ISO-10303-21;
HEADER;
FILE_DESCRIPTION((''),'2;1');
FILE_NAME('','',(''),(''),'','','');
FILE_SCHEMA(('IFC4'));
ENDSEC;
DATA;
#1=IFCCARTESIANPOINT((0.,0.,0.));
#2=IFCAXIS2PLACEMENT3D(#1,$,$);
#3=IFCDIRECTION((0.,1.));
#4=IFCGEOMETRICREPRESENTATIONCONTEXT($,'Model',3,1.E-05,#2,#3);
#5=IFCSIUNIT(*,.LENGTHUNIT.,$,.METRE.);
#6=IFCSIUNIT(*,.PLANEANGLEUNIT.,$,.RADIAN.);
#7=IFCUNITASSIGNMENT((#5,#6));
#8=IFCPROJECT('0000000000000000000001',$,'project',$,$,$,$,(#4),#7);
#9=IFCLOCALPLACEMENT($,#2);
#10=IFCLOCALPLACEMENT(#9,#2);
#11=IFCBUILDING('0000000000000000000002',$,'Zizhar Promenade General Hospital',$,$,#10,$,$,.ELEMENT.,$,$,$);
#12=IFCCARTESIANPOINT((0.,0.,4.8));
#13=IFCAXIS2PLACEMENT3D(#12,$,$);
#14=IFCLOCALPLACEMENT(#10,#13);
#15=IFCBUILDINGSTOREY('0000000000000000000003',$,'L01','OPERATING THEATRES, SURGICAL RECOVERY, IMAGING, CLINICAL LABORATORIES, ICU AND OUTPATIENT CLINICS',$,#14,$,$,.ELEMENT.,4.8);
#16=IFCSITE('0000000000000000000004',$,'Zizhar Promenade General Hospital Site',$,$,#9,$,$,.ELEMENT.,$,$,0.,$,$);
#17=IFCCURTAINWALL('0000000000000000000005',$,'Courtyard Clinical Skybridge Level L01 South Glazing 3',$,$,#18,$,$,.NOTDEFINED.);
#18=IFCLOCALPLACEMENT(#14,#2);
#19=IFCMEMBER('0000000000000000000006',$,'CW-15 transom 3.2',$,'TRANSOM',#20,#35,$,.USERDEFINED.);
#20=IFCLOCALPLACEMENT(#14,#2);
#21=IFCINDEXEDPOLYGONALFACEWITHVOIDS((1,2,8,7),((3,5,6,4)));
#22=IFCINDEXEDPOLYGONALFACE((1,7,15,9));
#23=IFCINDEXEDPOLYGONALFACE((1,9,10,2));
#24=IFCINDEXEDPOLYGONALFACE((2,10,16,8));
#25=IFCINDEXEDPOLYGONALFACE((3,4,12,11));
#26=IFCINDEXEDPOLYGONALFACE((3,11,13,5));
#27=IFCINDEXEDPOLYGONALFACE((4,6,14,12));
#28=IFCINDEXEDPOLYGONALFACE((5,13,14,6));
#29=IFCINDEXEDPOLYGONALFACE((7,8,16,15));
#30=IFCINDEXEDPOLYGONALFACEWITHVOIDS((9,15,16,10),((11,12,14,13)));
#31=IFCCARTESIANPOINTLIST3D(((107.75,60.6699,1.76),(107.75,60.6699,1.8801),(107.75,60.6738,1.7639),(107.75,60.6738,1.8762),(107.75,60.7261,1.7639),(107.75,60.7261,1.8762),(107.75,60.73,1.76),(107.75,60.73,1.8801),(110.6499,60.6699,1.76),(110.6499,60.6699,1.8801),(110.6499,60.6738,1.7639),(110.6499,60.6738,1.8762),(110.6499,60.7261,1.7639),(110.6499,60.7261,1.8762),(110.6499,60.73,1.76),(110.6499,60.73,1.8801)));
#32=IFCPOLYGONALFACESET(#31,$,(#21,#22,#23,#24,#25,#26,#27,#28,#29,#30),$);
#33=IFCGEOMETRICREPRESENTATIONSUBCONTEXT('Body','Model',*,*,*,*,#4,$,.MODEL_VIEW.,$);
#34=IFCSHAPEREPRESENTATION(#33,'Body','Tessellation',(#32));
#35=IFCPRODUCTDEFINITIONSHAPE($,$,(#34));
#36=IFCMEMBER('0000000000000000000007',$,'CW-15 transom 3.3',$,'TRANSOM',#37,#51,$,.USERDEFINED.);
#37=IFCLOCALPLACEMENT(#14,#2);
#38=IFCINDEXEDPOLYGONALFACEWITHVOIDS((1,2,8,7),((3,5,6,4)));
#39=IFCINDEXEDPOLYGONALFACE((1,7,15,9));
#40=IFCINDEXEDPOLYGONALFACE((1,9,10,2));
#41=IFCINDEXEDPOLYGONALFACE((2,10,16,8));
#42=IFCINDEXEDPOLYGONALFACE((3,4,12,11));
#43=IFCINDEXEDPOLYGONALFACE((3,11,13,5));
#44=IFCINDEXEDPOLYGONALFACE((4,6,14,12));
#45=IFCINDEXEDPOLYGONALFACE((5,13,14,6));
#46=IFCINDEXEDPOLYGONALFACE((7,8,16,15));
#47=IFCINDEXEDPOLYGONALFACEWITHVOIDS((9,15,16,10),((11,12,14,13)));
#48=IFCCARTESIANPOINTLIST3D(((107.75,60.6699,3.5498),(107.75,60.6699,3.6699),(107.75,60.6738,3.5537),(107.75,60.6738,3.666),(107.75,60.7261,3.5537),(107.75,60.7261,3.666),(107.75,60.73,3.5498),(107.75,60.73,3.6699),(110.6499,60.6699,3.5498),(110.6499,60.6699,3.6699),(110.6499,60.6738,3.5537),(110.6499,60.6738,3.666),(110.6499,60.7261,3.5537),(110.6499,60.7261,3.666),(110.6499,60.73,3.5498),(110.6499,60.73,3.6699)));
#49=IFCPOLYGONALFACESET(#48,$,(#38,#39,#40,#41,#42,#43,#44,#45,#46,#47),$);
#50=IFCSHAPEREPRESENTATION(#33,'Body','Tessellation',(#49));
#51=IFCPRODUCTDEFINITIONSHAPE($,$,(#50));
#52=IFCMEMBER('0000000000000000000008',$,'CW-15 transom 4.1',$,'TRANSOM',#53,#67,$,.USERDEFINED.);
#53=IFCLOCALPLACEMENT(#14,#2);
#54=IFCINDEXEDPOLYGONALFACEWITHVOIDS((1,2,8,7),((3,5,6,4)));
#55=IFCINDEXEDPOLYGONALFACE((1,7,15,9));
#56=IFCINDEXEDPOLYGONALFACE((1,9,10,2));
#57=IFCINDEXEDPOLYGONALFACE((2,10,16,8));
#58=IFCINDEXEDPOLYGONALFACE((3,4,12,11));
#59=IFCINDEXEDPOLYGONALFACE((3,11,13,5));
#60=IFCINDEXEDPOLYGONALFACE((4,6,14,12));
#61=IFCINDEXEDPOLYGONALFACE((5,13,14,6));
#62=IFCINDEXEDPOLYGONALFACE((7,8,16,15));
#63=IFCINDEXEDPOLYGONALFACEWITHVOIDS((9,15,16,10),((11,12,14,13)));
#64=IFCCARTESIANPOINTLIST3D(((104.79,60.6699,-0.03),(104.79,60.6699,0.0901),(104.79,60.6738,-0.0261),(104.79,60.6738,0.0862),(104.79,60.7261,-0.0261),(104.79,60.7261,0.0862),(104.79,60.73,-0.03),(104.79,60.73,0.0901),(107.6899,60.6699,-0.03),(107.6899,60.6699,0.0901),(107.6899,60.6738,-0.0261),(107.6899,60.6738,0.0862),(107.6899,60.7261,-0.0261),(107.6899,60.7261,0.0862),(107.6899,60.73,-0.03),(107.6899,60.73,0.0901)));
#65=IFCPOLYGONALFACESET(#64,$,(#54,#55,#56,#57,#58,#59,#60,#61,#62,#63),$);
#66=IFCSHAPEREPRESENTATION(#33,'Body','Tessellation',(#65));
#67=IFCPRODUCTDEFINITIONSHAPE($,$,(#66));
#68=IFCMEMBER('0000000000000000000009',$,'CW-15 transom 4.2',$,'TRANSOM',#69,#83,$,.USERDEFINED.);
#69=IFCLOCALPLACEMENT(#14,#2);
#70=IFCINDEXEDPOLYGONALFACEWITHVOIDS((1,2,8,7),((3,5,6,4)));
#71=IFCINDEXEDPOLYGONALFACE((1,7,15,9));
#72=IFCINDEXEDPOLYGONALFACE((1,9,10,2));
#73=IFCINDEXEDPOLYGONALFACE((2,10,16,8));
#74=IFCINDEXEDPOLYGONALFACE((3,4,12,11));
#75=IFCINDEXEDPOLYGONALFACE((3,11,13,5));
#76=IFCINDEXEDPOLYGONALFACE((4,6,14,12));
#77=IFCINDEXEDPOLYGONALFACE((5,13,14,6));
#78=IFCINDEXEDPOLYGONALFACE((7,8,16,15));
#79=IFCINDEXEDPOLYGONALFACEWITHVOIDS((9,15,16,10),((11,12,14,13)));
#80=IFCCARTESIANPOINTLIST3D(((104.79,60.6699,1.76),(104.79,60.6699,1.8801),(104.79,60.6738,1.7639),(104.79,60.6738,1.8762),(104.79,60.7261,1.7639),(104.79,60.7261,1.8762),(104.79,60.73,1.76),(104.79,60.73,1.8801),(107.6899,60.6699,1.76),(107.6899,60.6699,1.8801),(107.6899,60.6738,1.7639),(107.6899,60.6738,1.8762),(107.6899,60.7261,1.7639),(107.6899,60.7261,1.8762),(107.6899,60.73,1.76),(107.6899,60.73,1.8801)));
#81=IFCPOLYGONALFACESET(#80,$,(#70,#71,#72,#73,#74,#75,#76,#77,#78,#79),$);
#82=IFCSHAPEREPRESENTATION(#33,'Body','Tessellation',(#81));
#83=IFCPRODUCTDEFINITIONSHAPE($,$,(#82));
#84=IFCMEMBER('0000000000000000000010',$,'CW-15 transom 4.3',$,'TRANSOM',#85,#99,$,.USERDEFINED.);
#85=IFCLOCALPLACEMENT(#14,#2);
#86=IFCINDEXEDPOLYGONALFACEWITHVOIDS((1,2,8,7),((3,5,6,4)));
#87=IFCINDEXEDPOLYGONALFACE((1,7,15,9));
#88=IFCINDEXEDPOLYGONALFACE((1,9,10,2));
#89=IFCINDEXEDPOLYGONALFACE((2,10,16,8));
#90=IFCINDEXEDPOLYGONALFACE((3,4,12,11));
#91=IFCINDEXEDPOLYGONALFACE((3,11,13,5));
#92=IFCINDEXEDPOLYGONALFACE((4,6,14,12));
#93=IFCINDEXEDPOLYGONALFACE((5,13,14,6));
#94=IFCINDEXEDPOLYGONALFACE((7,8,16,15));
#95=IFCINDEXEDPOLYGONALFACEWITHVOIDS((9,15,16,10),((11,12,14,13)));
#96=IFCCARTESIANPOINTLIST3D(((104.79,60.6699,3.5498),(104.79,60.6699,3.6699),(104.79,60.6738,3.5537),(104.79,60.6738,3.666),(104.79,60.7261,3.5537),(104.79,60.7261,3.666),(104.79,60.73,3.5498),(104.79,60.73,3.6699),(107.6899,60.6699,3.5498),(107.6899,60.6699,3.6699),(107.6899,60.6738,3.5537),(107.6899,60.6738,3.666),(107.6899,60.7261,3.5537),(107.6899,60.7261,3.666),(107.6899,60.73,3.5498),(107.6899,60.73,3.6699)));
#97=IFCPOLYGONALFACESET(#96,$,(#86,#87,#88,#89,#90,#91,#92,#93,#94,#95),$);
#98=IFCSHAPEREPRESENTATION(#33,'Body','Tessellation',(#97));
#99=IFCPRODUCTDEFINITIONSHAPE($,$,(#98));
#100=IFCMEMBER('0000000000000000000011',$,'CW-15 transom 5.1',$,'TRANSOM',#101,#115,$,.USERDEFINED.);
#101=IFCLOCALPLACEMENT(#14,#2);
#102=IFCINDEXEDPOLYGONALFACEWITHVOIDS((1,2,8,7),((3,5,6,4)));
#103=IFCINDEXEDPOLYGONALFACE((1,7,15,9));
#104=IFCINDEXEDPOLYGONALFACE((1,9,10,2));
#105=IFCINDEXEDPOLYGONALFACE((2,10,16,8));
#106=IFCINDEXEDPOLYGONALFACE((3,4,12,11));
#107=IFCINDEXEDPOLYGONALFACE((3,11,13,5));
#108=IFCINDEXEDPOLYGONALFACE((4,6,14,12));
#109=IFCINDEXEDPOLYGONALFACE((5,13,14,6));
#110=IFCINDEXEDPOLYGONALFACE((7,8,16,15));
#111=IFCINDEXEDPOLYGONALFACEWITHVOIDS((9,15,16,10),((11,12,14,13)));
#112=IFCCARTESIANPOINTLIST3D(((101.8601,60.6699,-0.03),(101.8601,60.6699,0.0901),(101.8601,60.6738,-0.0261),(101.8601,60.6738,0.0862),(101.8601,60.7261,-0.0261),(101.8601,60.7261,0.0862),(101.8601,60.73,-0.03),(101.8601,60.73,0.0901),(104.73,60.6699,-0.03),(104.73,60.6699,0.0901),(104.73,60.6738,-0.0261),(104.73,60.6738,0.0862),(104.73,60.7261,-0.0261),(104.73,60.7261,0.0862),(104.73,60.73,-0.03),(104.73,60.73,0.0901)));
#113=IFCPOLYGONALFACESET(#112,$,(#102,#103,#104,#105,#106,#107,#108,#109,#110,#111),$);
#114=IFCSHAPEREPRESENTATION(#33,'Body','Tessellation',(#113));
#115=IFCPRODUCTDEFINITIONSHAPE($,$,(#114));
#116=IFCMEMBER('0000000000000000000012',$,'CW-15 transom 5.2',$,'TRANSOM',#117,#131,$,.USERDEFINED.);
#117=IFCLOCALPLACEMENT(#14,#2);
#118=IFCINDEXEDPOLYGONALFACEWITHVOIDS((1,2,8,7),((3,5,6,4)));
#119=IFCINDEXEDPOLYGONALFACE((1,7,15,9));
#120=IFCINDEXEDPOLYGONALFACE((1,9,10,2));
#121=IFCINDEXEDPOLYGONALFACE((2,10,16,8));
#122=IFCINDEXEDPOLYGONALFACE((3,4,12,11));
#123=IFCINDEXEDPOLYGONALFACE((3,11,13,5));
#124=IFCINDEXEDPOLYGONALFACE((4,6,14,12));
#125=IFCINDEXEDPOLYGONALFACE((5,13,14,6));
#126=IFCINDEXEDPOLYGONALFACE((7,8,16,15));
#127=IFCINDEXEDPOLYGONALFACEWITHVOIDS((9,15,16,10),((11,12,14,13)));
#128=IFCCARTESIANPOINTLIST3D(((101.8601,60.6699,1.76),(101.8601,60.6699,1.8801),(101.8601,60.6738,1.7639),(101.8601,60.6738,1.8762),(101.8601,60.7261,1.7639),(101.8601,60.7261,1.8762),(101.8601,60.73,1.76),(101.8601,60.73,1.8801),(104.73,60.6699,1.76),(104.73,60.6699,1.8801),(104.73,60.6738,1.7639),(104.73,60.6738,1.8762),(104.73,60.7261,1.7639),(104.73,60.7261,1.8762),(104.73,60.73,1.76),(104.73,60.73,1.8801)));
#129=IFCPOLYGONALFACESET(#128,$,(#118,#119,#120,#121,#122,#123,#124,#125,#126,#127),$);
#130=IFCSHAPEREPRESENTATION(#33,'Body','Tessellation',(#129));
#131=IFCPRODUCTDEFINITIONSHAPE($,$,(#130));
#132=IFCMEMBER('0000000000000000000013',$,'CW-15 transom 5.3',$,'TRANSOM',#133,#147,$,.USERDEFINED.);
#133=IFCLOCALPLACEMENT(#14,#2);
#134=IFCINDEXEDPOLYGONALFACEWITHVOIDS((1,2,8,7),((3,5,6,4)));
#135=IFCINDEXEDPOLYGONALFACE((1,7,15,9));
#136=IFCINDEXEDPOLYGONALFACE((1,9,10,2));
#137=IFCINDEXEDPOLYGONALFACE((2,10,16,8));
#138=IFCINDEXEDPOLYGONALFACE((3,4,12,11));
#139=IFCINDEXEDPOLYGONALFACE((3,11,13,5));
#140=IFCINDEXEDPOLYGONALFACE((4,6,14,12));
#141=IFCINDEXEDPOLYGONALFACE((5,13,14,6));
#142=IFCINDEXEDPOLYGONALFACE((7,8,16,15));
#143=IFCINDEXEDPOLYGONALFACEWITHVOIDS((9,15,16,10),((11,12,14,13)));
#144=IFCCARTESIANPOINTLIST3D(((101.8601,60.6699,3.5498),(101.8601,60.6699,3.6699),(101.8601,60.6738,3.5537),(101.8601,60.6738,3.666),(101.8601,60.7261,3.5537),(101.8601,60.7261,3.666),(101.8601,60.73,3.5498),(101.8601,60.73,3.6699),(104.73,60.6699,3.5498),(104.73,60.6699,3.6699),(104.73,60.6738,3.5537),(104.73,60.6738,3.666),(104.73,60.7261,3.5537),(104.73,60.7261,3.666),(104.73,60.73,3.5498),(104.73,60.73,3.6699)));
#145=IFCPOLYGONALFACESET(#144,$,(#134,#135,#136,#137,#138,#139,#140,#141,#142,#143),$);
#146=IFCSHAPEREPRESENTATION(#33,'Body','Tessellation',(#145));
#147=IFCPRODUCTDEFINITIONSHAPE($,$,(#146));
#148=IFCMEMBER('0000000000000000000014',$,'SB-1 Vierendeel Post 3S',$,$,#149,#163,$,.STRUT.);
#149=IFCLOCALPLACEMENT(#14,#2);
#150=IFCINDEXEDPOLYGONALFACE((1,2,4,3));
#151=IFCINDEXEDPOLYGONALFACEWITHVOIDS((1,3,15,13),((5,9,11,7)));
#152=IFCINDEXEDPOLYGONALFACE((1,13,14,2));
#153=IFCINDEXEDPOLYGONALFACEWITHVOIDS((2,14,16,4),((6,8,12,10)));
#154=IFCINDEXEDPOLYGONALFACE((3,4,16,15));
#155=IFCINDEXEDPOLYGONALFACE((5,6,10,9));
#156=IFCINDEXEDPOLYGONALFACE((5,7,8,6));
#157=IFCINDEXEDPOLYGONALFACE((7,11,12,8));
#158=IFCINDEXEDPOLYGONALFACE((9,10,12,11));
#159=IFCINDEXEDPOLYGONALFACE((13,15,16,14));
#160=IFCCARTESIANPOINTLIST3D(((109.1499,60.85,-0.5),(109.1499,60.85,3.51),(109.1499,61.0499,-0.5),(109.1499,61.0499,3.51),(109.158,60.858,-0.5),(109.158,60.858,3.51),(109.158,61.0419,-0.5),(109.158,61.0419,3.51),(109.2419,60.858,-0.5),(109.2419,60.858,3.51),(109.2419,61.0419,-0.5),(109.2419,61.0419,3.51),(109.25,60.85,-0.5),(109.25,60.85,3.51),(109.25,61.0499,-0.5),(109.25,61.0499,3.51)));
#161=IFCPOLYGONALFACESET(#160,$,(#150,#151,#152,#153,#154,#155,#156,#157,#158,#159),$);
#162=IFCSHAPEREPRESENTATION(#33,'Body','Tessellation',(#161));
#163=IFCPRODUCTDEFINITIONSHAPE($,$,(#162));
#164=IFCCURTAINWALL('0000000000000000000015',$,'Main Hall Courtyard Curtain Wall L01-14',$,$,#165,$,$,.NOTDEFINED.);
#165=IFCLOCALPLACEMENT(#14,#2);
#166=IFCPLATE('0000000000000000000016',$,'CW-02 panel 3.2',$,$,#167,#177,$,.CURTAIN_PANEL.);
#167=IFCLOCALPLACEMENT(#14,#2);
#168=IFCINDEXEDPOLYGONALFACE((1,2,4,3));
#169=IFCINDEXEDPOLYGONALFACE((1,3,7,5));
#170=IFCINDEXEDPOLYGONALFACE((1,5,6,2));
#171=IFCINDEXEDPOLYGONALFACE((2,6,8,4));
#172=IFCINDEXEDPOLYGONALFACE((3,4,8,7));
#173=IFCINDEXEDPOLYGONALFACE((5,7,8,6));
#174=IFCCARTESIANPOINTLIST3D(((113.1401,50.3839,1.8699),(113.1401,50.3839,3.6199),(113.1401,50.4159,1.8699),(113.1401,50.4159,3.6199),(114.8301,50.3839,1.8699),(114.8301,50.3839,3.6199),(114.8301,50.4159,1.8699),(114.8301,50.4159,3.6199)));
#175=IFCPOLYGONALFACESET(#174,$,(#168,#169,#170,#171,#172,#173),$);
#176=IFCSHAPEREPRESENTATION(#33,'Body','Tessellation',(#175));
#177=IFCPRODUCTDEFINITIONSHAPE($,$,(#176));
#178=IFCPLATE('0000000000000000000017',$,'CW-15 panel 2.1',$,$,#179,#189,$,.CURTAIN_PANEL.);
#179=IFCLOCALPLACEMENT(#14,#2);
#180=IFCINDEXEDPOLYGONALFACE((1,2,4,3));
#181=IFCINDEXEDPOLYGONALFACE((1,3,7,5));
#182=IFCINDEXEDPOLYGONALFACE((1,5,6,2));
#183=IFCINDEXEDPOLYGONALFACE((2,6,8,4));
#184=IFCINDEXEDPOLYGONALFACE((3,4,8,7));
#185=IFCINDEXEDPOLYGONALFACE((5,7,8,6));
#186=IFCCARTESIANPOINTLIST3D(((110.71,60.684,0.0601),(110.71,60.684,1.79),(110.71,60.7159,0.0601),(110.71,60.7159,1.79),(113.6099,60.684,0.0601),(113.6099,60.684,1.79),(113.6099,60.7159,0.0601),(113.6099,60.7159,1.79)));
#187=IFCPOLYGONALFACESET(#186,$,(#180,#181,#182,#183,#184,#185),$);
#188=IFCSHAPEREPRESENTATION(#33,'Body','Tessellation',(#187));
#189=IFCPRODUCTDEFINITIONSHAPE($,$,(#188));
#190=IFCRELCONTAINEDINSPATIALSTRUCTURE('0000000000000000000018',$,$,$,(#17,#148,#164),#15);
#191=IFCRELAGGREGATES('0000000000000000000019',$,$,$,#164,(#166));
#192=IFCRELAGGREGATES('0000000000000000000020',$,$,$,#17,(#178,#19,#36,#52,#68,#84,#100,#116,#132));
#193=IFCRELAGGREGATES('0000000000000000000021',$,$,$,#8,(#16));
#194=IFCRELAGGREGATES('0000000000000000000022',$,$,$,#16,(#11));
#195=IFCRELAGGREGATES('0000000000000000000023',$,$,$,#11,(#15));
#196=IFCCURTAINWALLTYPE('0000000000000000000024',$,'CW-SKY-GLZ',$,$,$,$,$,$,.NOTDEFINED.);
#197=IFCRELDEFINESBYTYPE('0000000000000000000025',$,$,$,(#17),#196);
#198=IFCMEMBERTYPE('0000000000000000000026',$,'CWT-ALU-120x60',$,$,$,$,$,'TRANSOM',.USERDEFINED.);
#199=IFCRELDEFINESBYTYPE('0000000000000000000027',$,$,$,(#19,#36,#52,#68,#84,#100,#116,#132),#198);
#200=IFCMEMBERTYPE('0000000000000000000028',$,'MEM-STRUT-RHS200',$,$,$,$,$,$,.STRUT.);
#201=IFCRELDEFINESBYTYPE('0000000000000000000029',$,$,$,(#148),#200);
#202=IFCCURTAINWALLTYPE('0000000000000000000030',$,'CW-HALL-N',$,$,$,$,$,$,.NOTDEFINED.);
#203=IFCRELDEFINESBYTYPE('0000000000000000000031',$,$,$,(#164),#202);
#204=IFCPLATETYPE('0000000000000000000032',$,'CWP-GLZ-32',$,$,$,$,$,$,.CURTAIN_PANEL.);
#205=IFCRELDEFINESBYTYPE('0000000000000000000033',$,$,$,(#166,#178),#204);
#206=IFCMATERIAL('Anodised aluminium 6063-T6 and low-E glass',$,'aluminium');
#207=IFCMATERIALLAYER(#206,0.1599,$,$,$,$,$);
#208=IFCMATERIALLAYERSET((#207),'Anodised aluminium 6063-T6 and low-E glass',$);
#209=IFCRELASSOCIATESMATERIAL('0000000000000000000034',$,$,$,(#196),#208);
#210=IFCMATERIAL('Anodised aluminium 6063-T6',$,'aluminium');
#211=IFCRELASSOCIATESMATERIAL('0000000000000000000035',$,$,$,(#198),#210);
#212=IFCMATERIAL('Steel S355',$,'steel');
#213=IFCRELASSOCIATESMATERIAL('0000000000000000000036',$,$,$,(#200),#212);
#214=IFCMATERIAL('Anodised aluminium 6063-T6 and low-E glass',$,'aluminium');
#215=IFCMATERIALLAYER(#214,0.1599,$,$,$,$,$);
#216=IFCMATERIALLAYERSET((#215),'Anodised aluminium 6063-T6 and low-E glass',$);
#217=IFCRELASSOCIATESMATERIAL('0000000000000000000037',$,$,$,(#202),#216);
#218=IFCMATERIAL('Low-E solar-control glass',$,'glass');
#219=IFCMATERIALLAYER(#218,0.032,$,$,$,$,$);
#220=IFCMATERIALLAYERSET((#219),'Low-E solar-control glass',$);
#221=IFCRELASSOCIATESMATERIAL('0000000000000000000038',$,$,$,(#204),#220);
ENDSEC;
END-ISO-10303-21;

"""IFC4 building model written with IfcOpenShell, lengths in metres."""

from ifc_helpers import new_model, si_unit, direction, frame, origin, origin_2d, place, context, subcontext, project, spatial, rectangle, hollow_rectangle, extrude, material, layer, layer_set, material_profile, profile_set, type_object, element, aggregate, save


model = new_model("IFC4")

# Units and contexts
model_context = context("Model", 3, precision=1e-05, world=origin(), true_north=direction((0.0, 1.0)))
body_context = subcontext(model_context, "Body", "Model", "MODEL_VIEW")
ifc_project = project(units=[si_unit("LENGTHUNIT", "METRE"), si_unit("PLANEANGLEUNIT", "RADIAN")], contexts=[model_context])

# Site, building, storey
site_placement = place(None, origin())
site = spatial("IfcSite", under=ifc_project, at=site_placement, Name="Zizhar Promenade General Hospital Site", CompositionType="ELEMENT", RefElevation=0.0)
building_placement = place(site_placement, origin())
building = spatial("IfcBuilding", under=site, at=building_placement, Name="Zizhar Promenade General Hospital", CompositionType="ELEMENT")
storey_placement = place(building_placement, frame((0.0, 0.0, 4.8)))
storey = spatial("IfcBuildingStorey", under=building, at=storey_placement, Name="L01", Description="OPERATING THEATRES, SURGICAL RECOVERY, IMAGING, CLINICAL LABORATORIES, ICU AND OUTPATIENT CLINICS", CompositionType="ELEMENT", Elevation=4.8)

# Curtain wall, members
ifc_material_1 = material(Name="Anodised aluminium 6063-T6 and low-E glass", Category="aluminium")
ifc_layer_1 = layer(ifc_material_1, 0.1599)
ifc_layer_set_1 = layer_set([ifc_layer_1], Name="Anodised aluminium 6063-T6 and low-E glass")
curtain_wall_type_1 = type_object("IfcCurtainWallType", Name="CW-SKY-GLZ", PredefinedType="NOTDEFINED", material=ifc_layer_set_1)
curtain_wall_1_placement = place(storey_placement, origin())
curtain_wall_1 = element("IfcCurtainWall", 1, at=curtain_wall_1_placement, inside=storey, type_object=curtain_wall_type_1, Name="Courtyard Clinical Skybridge Level L01 South Glazing 3", PredefinedType="NOTDEFINED")
ifc_material_2 = material(Name="Anodised aluminium 6063-T6", Category="aluminium")
ifc_material_profile_1 = material_profile(ifc_material_2, hollow_rectangle(XDim=0.0601, YDim=0.1201, WallThickness=0.0039, at=origin_2d()))
ifc_profile_set_1 = profile_set([ifc_material_profile_1], Name="Anodised aluminium 6063-T6")
member_type_1 = type_object("IfcMemberType", Name="CWT-ALU-120x60", ElementType="TRANSOM", PredefinedType="USERDEFINED", material=ifc_profile_set_1)
member_1_placement = place(storey_placement, frame((110.6499, 60.7, 1.8201), z_axis=(-1.0, 0.0, 0.0), x_axis=(0.0, -1.0, 0.0)))
member_1 = element("IfcMember", 2, at=member_1_placement, type_object=member_type_1, Name="CW-15 transom 3.2", ObjectType="TRANSOM", PredefinedType="USERDEFINED", context=body_context, shape_type="SweptSolid", body=[
    extrude(hollow_rectangle(XDim=0.0601, YDim=0.1201, WallThickness=0.0039, at=origin_2d()), origin(), (0.0, 0.0, 1.0), 2.8999),
])
member_2_placement = place(storey_placement, frame((110.6499, 60.7, 3.6099), z_axis=(-1.0, 0.0, 0.0), x_axis=(0.0, -1.0, 0.0)))
member_2 = element("IfcMember", 3, at=member_2_placement, type_object=member_type_1, Name="CW-15 transom 3.3", ObjectType="TRANSOM", PredefinedType="USERDEFINED", context=body_context, shape_type="SweptSolid", body=[
    extrude(hollow_rectangle(XDim=0.0601, YDim=0.1201, WallThickness=0.0039, at=origin_2d()), origin(), (0.0, 0.0, 1.0), 2.8999),
])
member_3_placement = place(storey_placement, frame((107.6899, 60.7, 0.03), z_axis=(-1.0, 0.0, 0.0), x_axis=(0.0, -1.0, 0.0)))
member_3 = element("IfcMember", 4, at=member_3_placement, type_object=member_type_1, Name="CW-15 transom 4.1", ObjectType="TRANSOM", PredefinedType="USERDEFINED", context=body_context, shape_type="SweptSolid", body=[
    extrude(hollow_rectangle(XDim=0.0601, YDim=0.1201, WallThickness=0.0039, at=origin_2d()), origin(), (0.0, 0.0, 1.0), 2.8999),
])
member_4_placement = place(storey_placement, frame((107.6899, 60.7, 1.8201), z_axis=(-1.0, 0.0, 0.0), x_axis=(0.0, -1.0, 0.0)))
member_4 = element("IfcMember", 5, at=member_4_placement, type_object=member_type_1, Name="CW-15 transom 4.2", ObjectType="TRANSOM", PredefinedType="USERDEFINED", context=body_context, shape_type="SweptSolid", body=[
    extrude(hollow_rectangle(XDim=0.0601, YDim=0.1201, WallThickness=0.0039, at=origin_2d()), origin(), (0.0, 0.0, 1.0), 2.8999),
])
member_5_placement = place(storey_placement, frame((107.6899, 60.7, 3.6099), z_axis=(-1.0, 0.0, 0.0), x_axis=(0.0, -1.0, 0.0)))
member_5 = element("IfcMember", 6, at=member_5_placement, type_object=member_type_1, Name="CW-15 transom 4.3", ObjectType="TRANSOM", PredefinedType="USERDEFINED", context=body_context, shape_type="SweptSolid", body=[
    extrude(hollow_rectangle(XDim=0.0601, YDim=0.1201, WallThickness=0.0039, at=origin_2d()), origin(), (0.0, 0.0, 1.0), 2.8999),
])
member_6_placement = place(storey_placement, frame((104.73, 60.7, 0.03), z_axis=(-1.0, 0.0, 0.0), x_axis=(0.0, -1.0, 0.0)))
member_6 = element("IfcMember", 7, at=member_6_placement, type_object=member_type_1, Name="CW-15 transom 5.1", ObjectType="TRANSOM", PredefinedType="USERDEFINED", context=body_context, shape_type="SweptSolid", body=[
    extrude(hollow_rectangle(XDim=0.0601, YDim=0.1201, WallThickness=0.0039, at=origin_2d()), origin(), (0.0, 0.0, 1.0), 2.8699),
])
member_7_placement = place(storey_placement, frame((104.73, 60.7, 1.8201), z_axis=(-1.0, 0.0, 0.0), x_axis=(0.0, -1.0, 0.0)))
member_7 = element("IfcMember", 8, at=member_7_placement, type_object=member_type_1, Name="CW-15 transom 5.2", ObjectType="TRANSOM", PredefinedType="USERDEFINED", context=body_context, shape_type="SweptSolid", body=[
    extrude(hollow_rectangle(XDim=0.0601, YDim=0.1201, WallThickness=0.0039, at=origin_2d()), origin(), (0.0, 0.0, 1.0), 2.8699),
])
member_8_placement = place(storey_placement, frame((104.73, 60.7, 3.6099), z_axis=(-1.0, 0.0, 0.0), x_axis=(0.0, -1.0, 0.0)))
member_8 = element("IfcMember", 9, at=member_8_placement, type_object=member_type_1, Name="CW-15 transom 5.3", ObjectType="TRANSOM", PredefinedType="USERDEFINED", context=body_context, shape_type="SweptSolid", body=[
    extrude(hollow_rectangle(XDim=0.0601, YDim=0.1201, WallThickness=0.0039, at=origin_2d()), origin(), (0.0, 0.0, 1.0), 2.8699),
])

# Member
ifc_material_3 = material(Name="Steel S355", Category="steel")
ifc_material_profile_2 = material_profile(ifc_material_3, hollow_rectangle(XDim=0.1001, YDim=0.2, WallThickness=0.0081, at=origin_2d()))
ifc_profile_set_2 = profile_set([ifc_material_profile_2], Name="Steel S355")
member_type_2 = type_object("IfcMemberType", Name="MEM-STRUT-RHS200", PredefinedType="STRUT", material=ifc_profile_set_2)
member_9_placement = place(storey_placement, frame((109.2, 60.95, -0.5), z_axis=(0.0, 0.0, 1.0), x_axis=(1.0, 0.0, 0.0)))
element("IfcMember", 10, at=member_9_placement, inside=storey, type_object=member_type_2, Name="SB-1 Vierendeel Post 3S", PredefinedType="STRUT", context=body_context, shape_type="SweptSolid", body=[
    extrude(hollow_rectangle(XDim=0.1001, YDim=0.2, WallThickness=0.0081, at=origin_2d()), origin(), (0.0, 0.0, 1.0), 4.01),
])

# Curtain wall, plate
ifc_material_4 = material(Name="Anodised aluminium 6063-T6 and low-E glass", Category="aluminium")
ifc_layer_2 = layer(ifc_material_4, 0.1599)
ifc_layer_set_2 = layer_set([ifc_layer_2], Name="Anodised aluminium 6063-T6 and low-E glass")
curtain_wall_type_2 = type_object("IfcCurtainWallType", Name="CW-HALL-N", PredefinedType="NOTDEFINED", material=ifc_layer_set_2)
curtain_wall_2_placement = place(storey_placement, origin())
curtain_wall_2 = element("IfcCurtainWall", 11, at=curtain_wall_2_placement, inside=storey, type_object=curtain_wall_type_2, Name="Main Hall Courtyard Curtain Wall L01-14", PredefinedType="NOTDEFINED")
ifc_material_5 = material(Name="Low-E solar-control glass", Category="glass")
ifc_layer_3 = layer(ifc_material_5, 0.032)
ifc_layer_set_3 = layer_set([ifc_layer_3], Name="Low-E solar-control glass")
plate_type = type_object("IfcPlateType", Name="CWP-GLZ-32", PredefinedType="CURTAIN_PANEL", material=ifc_layer_set_3)
plate_1_placement = place(storey_placement, frame((113.9851, 50.3999, 1.8699), z_axis=(0.0, 0.0, 1.0), x_axis=(1.0, 0.0, 0.0)))
plate_1 = element("IfcPlate", 12, at=plate_1_placement, type_object=plate_type, Name="CW-02 panel 3.2", PredefinedType="CURTAIN_PANEL", context=body_context, shape_type="SweptSolid", body=[
    extrude(rectangle(XDim=1.6899, YDim=0.032, at=origin_2d()), origin(), (0.0, 0.0, 1.0), 1.75),
])
aggregate(curtain_wall_2, [plate_1])

# Plate
plate_2_placement = place(storey_placement, frame((112.1599, 60.7, 0.0601), z_axis=(0.0, 0.0, 1.0), x_axis=(-1.0, 0.0, 0.0)))
plate_2 = element("IfcPlate", 13, at=plate_2_placement, type_object=plate_type, Name="CW-15 panel 2.1", PredefinedType="CURTAIN_PANEL", context=body_context, shape_type="SweptSolid", body=[
    extrude(rectangle(XDim=2.8999, YDim=0.032, at=origin_2d()), origin(), (0.0, 0.0, 1.0), 1.73),
])
aggregate(curtain_wall_1, [plate_2, member_1, member_2, member_3, member_4, member_5, member_6, member_7, member_8])

save(model, "model.ifc")
